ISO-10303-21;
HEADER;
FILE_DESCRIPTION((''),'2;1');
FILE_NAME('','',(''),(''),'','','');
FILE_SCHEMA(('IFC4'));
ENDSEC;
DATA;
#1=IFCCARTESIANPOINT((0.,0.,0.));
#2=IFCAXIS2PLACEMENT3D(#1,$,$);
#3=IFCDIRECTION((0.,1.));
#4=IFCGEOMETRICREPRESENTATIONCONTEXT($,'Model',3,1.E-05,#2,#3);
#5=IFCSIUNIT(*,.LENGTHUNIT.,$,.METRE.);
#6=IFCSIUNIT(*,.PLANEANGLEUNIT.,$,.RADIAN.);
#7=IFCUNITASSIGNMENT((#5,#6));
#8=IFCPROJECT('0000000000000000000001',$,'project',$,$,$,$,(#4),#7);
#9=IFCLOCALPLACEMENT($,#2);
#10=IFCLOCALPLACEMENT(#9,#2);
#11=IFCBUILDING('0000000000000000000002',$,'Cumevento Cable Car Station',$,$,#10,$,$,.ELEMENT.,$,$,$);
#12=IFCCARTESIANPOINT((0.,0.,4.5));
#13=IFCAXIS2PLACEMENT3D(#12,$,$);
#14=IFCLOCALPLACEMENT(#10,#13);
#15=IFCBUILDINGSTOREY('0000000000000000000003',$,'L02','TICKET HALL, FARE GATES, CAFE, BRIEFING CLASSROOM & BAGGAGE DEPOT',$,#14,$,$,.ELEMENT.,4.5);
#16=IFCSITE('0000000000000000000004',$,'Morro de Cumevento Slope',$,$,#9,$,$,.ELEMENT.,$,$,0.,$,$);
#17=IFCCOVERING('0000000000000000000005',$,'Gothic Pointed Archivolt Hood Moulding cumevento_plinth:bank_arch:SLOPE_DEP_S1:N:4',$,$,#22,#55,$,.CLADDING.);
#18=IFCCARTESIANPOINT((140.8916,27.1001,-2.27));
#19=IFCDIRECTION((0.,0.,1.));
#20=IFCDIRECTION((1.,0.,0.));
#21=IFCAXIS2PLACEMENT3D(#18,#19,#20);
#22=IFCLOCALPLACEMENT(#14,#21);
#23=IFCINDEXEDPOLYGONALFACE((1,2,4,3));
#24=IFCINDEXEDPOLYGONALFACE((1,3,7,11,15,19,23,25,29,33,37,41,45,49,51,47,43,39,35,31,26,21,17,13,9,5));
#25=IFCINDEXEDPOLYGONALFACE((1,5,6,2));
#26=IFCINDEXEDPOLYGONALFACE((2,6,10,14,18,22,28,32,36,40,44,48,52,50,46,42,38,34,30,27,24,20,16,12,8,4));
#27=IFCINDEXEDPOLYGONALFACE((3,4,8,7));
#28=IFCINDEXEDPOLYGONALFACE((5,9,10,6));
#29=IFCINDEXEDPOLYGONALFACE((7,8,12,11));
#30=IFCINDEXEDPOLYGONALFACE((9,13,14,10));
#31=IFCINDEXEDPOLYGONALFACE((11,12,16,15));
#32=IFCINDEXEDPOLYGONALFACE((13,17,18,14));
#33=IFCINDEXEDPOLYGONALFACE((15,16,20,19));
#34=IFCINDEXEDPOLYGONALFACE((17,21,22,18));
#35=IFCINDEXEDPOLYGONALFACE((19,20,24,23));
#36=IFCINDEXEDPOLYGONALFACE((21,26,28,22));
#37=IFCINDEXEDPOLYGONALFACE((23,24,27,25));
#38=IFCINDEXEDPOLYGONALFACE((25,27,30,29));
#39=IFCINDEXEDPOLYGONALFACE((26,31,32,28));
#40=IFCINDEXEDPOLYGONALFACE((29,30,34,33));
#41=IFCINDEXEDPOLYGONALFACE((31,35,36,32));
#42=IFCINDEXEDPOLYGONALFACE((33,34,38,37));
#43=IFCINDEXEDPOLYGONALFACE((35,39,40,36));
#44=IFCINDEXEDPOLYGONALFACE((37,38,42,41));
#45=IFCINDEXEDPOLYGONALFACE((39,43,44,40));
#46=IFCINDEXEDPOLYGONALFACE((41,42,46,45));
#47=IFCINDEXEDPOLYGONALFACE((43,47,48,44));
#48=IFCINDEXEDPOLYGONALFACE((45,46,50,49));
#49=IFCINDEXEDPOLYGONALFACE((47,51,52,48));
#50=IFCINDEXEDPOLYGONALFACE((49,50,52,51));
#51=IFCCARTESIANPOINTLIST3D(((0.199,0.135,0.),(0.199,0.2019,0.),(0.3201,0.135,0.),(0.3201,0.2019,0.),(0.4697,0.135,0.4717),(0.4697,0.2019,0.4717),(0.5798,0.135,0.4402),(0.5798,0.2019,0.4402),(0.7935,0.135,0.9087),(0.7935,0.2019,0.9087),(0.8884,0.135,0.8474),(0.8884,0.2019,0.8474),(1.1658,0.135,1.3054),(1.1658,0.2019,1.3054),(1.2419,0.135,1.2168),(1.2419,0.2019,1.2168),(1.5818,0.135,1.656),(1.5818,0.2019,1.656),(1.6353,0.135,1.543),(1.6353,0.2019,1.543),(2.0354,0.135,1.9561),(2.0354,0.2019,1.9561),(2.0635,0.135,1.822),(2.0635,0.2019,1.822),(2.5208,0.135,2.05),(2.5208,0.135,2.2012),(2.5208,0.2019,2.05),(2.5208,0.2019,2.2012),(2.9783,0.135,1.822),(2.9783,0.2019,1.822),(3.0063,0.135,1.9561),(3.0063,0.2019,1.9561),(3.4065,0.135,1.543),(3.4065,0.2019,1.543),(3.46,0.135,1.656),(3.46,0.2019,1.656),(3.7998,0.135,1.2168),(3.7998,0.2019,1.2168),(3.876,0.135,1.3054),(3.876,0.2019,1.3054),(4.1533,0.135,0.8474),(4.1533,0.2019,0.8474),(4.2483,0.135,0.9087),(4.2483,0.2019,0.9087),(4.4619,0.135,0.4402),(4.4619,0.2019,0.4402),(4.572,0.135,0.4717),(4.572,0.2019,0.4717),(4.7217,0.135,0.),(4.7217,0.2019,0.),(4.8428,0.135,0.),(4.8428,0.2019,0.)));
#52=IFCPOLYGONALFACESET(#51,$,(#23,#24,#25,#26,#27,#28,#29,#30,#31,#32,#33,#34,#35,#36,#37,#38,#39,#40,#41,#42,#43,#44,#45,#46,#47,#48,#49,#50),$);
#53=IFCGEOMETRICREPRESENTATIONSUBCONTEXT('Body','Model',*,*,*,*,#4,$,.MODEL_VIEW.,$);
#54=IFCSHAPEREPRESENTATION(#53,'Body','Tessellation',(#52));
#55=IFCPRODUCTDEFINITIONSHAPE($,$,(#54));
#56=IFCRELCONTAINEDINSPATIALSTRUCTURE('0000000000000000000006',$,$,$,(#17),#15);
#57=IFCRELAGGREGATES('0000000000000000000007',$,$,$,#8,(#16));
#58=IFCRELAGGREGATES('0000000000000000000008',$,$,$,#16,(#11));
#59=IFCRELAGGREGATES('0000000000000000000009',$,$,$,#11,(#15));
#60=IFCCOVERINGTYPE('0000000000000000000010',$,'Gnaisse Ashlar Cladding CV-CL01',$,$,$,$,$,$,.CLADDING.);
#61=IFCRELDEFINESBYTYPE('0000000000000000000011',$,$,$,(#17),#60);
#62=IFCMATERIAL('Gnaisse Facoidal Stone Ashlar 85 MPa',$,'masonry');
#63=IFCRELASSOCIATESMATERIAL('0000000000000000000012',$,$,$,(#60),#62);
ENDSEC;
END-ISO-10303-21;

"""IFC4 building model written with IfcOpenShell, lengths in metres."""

from ifc_helpers import new_model, si_unit, direction, frame, origin, place, context, subcontext, project, spatial, polyline, outline, extrude, material, type_object, element, save


model = new_model("IFC4")

# Units and contexts
model_context = context("Model", 3, precision=1e-05, world=origin(), true_north=direction((0.0, 1.0)))
body_context = subcontext(model_context, "Body", "Model", "MODEL_VIEW")
ifc_project = project(units=[si_unit("LENGTHUNIT", "METRE"), si_unit("PLANEANGLEUNIT", "RADIAN")], contexts=[model_context])

# Site, building, storey
site_placement = place(None, origin())
site = spatial("IfcSite", under=ifc_project, at=site_placement, Name="Morro de Cumevento Slope", CompositionType="ELEMENT", RefElevation=0.0)
building_placement = place(site_placement, origin())
building = spatial("IfcBuilding", under=site, at=building_placement, Name="Cumevento Cable Car Station", CompositionType="ELEMENT")
storey_placement = place(building_placement, frame((0.0, 0.0, 4.5)))
storey = spatial("IfcBuildingStorey", under=building, at=storey_placement, Name="L02", Description="TICKET HALL, FARE GATES, CAFE, BRIEFING CLASSROOM & BAGGAGE DEPOT", CompositionType="ELEMENT", Elevation=4.5)

# Covering
ifc_material_1 = material(Name="Gnaisse Facoidal Stone Ashlar 85 MPa", Category="masonry")
covering_type = type_object("IfcCoveringType", Name="Gnaisse Ashlar Cladding CV-CL01", PredefinedType="CLADDING", material=ifc_material_1)
covering_1_placement = place(storey_placement, frame((140.8916, 27.1001, -2.27), z_axis=(0.0, 0.0, 1.0), x_axis=(1.0, 0.0, 0.0)))
element("IfcCovering", 1, at=covering_1_placement, inside=storey, type_object=covering_type, Name="Gothic Pointed Archivolt Hood Moulding cumevento_plinth:bank_arch:SLOPE_DEP_S1:N:4", PredefinedType="CLADDING", context=body_context, shape_type="SweptSolid", body=[
    extrude(outline(polyline([(0.3201, 0.0), (0.5798, 0.4402), (0.8884, 0.8474), (1.2419, 1.2168), (1.6353, 1.543), (2.0635, 1.822), (2.5208, 2.05), (2.9783, 1.822), (3.4065, 1.543), (3.7998, 1.2168), (4.1533, 0.8474), (4.4619, 0.4402), (4.7217, 0.0), (4.8428, 0.0), (4.572, 0.4717), (4.2483, 0.9087), (3.876, 1.3054), (3.46, 1.656), (3.0063, 1.9561), (2.5208, 2.2012), (2.0354, 1.9561), (1.5818, 1.656), (1.1658, 1.3054), (0.7935, 0.9087), (0.4697, 0.4717), (0.199, 0.0), (0.3201, 0.0)])), frame((0.0, 0.2019, 0.0), z_axis=(0.0, -1.0, 0.0), x_axis=(1.0, 0.0, 0.0)), (0.0, 0.0, 1.0), 0.0669),
])

save(model, "model.ifc")
